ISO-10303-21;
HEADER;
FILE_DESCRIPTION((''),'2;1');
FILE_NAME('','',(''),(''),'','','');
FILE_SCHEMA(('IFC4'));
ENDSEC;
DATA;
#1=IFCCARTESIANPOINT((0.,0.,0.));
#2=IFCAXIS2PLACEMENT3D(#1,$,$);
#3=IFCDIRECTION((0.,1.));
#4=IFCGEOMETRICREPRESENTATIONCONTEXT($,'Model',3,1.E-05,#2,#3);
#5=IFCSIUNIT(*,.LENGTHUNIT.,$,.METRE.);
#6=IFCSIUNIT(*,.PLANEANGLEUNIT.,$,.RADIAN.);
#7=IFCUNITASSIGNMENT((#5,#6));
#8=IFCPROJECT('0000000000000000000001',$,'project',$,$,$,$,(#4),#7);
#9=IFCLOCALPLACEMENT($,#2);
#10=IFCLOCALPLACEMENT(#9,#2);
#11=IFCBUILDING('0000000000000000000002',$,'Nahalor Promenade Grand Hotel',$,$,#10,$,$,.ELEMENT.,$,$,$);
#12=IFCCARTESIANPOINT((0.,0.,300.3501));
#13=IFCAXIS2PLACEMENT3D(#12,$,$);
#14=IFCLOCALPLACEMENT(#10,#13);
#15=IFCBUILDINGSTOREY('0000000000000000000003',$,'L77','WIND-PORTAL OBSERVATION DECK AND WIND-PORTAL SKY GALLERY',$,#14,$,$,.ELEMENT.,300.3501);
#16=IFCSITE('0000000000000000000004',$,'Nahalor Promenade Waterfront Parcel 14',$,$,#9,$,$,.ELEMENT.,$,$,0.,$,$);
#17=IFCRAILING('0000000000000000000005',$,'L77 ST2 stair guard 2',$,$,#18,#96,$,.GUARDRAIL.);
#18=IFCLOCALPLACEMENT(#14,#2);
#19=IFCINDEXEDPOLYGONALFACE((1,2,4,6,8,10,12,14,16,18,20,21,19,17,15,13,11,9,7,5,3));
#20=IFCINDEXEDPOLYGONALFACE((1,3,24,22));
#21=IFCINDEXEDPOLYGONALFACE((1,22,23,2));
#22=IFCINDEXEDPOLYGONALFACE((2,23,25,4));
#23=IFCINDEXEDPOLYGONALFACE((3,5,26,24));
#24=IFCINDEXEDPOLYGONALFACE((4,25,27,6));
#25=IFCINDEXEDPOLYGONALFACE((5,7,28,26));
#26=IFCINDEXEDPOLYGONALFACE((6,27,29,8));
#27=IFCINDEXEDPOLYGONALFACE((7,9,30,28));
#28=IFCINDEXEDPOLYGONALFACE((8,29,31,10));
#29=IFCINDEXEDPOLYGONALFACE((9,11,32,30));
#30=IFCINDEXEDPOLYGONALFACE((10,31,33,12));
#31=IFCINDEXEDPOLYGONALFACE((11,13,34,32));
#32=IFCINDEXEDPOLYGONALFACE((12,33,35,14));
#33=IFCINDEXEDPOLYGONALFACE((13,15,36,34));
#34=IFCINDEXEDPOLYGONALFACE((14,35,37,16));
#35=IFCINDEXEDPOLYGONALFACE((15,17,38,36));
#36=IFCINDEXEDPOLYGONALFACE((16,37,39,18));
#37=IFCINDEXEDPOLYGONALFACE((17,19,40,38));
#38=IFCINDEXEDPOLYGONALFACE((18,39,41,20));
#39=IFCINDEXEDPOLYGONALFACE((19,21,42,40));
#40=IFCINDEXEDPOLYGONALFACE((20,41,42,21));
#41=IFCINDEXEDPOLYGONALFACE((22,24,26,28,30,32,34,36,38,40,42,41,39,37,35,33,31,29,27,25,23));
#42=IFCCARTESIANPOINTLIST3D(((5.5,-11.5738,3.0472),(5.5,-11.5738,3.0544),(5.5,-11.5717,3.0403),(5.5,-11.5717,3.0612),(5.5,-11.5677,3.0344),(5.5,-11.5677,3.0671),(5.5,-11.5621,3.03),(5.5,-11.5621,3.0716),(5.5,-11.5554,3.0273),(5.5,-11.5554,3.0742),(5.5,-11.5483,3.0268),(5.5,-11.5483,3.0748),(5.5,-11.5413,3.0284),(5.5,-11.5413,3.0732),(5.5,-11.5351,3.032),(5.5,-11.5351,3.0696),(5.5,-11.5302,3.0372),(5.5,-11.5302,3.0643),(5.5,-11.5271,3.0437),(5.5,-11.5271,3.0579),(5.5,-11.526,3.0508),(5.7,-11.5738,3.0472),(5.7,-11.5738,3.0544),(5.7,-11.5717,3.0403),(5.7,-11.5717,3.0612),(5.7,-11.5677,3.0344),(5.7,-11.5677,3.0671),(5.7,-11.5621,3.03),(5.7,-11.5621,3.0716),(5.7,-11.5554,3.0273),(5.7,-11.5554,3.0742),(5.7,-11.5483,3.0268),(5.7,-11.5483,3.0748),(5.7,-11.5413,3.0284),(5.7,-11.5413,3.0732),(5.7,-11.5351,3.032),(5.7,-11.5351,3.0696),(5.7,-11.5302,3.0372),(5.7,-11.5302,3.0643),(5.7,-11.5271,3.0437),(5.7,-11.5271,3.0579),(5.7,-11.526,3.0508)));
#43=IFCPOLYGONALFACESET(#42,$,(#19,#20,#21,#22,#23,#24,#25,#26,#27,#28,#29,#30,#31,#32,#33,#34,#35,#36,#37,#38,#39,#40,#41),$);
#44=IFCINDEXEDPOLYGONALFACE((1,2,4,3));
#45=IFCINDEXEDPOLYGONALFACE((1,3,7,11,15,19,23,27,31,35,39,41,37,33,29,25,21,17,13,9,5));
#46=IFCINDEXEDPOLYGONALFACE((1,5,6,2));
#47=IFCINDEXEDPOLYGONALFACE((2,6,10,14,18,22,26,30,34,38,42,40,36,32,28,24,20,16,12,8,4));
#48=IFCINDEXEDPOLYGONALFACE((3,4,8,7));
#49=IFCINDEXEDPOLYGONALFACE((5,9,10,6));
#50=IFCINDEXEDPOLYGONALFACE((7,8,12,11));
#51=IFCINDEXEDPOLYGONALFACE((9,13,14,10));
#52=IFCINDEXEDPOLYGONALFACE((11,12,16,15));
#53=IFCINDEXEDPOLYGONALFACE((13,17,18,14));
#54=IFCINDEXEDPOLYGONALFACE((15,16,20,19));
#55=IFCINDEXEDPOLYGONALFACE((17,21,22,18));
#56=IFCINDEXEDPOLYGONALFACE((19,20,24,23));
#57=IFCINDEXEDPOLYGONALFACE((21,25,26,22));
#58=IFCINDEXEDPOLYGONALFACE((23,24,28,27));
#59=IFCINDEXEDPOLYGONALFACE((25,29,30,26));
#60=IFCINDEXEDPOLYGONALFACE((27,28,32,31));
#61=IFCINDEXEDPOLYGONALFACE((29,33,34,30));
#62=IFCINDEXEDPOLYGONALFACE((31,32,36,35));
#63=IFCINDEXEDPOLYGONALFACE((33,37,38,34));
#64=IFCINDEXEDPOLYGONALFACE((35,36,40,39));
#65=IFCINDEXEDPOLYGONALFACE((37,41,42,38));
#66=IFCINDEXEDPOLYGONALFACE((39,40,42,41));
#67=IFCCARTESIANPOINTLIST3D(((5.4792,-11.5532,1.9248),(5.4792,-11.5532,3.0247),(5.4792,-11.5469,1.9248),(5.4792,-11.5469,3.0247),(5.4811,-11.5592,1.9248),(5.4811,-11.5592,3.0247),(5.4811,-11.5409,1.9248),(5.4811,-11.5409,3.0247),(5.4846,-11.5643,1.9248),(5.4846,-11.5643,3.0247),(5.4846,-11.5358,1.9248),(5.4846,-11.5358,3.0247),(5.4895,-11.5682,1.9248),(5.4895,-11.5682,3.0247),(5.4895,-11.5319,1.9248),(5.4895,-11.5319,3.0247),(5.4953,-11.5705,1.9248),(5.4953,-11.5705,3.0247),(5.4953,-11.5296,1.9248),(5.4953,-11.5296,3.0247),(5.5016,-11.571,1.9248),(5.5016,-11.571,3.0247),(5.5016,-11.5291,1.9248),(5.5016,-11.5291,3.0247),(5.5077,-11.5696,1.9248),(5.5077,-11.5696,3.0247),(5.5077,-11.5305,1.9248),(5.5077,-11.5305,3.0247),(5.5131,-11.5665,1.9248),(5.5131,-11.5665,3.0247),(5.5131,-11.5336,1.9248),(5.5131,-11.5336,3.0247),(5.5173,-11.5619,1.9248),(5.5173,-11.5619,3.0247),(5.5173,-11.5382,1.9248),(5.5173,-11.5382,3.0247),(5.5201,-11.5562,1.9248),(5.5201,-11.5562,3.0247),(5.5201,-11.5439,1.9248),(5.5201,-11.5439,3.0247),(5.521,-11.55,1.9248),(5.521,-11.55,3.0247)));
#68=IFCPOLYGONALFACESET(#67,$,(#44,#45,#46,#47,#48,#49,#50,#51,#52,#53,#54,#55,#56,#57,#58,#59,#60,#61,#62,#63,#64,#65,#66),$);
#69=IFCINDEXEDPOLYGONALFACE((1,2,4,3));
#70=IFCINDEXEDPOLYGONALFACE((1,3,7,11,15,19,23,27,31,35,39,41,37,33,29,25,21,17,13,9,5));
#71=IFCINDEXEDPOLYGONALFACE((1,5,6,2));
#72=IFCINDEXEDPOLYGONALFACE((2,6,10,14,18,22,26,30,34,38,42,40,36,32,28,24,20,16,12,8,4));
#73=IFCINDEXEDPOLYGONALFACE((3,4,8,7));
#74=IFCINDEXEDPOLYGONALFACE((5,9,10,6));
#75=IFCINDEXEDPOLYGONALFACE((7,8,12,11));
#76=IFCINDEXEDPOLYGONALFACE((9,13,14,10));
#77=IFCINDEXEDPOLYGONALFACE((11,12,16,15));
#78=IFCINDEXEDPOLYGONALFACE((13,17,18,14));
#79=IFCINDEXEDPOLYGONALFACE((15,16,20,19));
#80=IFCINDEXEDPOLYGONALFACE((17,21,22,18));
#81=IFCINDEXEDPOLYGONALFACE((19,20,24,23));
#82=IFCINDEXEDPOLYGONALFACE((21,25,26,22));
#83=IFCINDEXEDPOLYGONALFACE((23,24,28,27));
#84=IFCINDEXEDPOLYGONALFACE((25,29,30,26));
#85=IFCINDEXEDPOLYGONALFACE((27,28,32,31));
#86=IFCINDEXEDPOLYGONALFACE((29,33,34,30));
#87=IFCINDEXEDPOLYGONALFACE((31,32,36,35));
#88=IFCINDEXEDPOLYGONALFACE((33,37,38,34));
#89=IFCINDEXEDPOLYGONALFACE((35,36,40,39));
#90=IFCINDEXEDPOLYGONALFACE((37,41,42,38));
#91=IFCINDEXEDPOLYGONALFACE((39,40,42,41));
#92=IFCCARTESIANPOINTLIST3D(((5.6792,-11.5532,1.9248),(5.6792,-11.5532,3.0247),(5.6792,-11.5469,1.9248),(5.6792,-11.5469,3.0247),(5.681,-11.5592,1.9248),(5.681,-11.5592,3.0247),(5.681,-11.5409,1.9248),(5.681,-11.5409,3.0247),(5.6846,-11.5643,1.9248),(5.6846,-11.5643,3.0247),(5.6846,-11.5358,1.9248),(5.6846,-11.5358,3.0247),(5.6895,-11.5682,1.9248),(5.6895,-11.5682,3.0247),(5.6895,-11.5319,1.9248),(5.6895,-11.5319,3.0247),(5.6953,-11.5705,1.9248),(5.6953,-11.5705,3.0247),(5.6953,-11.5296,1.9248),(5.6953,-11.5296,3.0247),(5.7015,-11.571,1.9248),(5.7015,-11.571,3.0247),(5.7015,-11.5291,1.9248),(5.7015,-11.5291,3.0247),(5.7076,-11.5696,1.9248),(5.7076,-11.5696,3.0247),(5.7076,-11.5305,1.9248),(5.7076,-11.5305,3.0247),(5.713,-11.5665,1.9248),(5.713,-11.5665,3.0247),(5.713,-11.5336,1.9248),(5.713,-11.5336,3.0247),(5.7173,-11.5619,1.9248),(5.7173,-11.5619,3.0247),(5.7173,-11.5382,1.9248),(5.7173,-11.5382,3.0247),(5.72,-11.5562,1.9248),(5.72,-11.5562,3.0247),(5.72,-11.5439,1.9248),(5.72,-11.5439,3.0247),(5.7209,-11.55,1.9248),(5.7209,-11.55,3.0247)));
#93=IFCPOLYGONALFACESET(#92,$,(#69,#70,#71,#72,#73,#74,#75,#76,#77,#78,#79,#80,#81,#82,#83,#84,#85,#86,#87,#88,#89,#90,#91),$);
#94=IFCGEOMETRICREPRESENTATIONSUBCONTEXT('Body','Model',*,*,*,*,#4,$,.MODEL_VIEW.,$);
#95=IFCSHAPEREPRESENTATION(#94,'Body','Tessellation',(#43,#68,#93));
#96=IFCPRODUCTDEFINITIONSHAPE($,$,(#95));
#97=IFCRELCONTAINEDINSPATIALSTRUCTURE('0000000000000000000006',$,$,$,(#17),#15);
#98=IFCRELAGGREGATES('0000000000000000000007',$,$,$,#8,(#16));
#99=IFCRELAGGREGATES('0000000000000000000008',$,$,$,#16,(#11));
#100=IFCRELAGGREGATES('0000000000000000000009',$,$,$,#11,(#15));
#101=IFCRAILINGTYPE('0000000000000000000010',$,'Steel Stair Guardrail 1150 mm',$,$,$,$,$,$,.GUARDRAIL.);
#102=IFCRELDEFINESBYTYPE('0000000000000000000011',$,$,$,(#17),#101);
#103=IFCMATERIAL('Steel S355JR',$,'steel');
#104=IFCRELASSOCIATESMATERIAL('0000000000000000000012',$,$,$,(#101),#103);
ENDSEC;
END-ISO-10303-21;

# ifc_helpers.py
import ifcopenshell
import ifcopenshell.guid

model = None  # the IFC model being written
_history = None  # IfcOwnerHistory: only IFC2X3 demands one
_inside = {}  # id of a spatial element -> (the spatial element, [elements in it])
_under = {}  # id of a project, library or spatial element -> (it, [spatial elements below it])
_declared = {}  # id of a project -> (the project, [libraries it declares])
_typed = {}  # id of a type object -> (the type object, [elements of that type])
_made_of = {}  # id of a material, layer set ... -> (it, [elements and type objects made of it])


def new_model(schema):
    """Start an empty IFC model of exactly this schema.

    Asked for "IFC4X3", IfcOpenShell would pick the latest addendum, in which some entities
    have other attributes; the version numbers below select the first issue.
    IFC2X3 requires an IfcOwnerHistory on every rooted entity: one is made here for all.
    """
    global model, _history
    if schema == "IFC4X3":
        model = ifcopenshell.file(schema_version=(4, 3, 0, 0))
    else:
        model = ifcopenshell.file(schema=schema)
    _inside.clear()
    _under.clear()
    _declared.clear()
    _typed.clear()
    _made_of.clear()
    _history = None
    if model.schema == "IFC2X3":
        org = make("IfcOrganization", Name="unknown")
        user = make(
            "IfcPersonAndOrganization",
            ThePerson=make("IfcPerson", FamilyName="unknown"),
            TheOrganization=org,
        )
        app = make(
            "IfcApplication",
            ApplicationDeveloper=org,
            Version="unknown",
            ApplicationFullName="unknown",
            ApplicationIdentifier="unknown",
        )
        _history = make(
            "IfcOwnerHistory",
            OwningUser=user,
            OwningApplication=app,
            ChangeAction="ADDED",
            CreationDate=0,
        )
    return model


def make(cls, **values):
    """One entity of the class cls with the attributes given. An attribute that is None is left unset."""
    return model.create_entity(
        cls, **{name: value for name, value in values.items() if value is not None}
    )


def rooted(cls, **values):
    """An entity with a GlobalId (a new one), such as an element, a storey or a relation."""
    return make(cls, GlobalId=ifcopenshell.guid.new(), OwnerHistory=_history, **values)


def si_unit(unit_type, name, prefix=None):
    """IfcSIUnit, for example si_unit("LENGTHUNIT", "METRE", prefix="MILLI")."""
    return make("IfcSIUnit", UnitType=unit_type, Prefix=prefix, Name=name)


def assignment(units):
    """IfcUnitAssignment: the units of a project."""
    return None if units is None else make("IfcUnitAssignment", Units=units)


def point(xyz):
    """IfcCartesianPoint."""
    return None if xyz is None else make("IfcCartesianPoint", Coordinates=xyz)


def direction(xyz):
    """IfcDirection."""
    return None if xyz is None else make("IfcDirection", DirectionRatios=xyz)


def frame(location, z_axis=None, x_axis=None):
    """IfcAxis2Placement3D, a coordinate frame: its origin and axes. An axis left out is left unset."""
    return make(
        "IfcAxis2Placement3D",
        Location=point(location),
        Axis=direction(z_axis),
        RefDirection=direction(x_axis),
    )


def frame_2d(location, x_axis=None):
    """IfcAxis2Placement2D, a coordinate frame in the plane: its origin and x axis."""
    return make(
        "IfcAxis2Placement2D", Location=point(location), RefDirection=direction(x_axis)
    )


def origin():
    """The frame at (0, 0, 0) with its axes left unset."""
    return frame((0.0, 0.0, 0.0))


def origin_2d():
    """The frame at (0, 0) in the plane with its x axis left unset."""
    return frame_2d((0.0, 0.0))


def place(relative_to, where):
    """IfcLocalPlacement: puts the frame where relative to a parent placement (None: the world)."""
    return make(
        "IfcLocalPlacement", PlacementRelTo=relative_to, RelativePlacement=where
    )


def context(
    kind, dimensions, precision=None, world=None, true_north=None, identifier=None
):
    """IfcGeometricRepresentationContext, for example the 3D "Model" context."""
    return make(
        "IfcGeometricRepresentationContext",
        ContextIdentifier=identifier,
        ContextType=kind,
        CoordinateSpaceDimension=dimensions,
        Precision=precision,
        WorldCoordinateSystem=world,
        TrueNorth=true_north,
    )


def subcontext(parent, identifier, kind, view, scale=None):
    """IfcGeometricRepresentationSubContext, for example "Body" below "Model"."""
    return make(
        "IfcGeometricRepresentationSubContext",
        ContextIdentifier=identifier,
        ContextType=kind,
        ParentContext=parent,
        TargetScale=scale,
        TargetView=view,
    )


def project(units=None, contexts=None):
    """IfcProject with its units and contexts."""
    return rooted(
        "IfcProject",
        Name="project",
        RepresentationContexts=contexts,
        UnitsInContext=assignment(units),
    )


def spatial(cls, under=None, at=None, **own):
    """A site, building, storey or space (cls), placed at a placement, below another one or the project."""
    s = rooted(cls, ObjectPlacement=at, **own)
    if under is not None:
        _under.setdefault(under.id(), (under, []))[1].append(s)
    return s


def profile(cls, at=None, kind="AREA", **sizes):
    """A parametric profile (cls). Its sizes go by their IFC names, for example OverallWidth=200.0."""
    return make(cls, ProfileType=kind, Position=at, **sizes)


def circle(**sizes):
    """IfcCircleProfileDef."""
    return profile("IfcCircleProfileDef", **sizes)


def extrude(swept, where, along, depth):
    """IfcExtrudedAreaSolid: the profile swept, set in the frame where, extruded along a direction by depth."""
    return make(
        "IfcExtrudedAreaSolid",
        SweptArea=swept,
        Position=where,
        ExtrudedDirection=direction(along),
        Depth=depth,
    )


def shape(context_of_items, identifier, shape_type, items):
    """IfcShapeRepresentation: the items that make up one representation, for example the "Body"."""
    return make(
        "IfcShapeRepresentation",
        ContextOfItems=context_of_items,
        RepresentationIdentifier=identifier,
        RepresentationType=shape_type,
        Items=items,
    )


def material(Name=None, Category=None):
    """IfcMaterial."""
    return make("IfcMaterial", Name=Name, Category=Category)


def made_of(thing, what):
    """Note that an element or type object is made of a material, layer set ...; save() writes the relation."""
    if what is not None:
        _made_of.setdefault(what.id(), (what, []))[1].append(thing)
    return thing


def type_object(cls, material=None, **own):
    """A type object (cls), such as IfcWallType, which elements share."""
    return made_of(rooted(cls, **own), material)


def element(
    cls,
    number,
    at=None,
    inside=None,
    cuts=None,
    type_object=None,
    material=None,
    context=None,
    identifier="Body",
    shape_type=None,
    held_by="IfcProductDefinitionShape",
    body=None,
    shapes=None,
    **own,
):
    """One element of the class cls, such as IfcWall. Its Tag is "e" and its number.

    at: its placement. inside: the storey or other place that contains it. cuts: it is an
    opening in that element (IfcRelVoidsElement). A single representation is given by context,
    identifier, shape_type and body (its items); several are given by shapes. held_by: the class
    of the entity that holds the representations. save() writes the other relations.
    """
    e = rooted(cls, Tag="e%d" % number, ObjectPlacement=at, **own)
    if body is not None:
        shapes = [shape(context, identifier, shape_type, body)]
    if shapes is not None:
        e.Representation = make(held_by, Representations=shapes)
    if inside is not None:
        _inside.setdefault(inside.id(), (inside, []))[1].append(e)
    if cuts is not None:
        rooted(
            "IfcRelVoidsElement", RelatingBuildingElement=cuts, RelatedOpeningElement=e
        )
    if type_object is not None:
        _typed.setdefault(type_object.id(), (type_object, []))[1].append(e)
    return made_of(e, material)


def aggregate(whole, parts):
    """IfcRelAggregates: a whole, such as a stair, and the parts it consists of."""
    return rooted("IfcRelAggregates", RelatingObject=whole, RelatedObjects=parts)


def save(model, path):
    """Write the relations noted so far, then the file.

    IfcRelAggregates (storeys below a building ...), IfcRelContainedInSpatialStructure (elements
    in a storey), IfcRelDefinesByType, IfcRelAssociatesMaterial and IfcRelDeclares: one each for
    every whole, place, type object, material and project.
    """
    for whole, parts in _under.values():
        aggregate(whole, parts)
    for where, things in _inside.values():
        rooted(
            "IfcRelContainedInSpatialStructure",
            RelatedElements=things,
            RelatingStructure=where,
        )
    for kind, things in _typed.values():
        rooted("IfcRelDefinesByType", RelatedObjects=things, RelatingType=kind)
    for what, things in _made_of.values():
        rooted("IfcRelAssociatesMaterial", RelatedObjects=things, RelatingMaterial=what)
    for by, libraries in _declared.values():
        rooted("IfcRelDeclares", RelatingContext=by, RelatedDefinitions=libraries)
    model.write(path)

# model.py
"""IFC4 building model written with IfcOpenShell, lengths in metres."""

from ifc_helpers import new_model, si_unit, direction, frame, origin, origin_2d, place, context, subcontext, project, spatial, circle, extrude, material, type_object, element, save


model = new_model("IFC4")

# Units and contexts
model_context = context("Model", 3, precision=1e-05, world=origin(), true_north=direction((0.0, 1.0)))
body_context = subcontext(model_context, "Body", "Model", "MODEL_VIEW")
ifc_project = project(units=[si_unit("LENGTHUNIT", "METRE"), si_unit("PLANEANGLEUNIT", "RADIAN")], contexts=[model_context])

# Site, building, storey
site_placement = place(None, origin())
site = spatial("IfcSite", under=ifc_project, at=site_placement, Name="Nahalor Promenade Waterfront Parcel 14", CompositionType="ELEMENT", RefElevation=0.0)
building_placement = place(site_placement, origin())
building = spatial("IfcBuilding", under=site, at=building_placement, Name="Nahalor Promenade Grand Hotel", CompositionType="ELEMENT")
storey_placement = place(building_placement, frame((0.0, 0.0, 300.3501)))
storey = spatial("IfcBuildingStorey", under=building, at=storey_placement, Name="L77", Description="WIND-PORTAL OBSERVATION DECK AND WIND-PORTAL SKY GALLERY", CompositionType="ELEMENT", Elevation=300.3501)

# Shared definitions
ifc_material_1 = material(Name="Steel S355JR", Category="steel")

# Railing
railing_type_1 = type_object("IfcRailingType", Name="Steel Stair Guardrail 1150 mm", PredefinedType="GUARDRAIL", material=ifc_material_1)
railing_1_placement = place(storey_placement, frame((5.5, -11.55, 1.9248)))
element("IfcRailing", 1, at=railing_1_placement, inside=storey, type_object=railing_type_1, Name="L77 ST2 stair guard 2", PredefinedType="GUARDRAIL", context=body_context, shape_type="SweptSolid", body=[
    extrude(circle(Radius=0.024, at=origin_2d()), frame((0.0, 0.0, 1.126), z_axis=(1.0, 0.0, 0.0), x_axis=(0.0, 1.0, 0.0)), (0.0, 0.0, 1.0), 0.2),
    extrude(circle(Radius=0.021, at=origin_2d()), origin(), (0.0, 0.0, 1.0), 1.0999),
    extrude(circle(Radius=0.021, at=origin_2d()), frame((0.2, 0.0, 0.0)), (0.0, 0.0, 1.0), 1.0999),
])

save(model, "model.ifc")
